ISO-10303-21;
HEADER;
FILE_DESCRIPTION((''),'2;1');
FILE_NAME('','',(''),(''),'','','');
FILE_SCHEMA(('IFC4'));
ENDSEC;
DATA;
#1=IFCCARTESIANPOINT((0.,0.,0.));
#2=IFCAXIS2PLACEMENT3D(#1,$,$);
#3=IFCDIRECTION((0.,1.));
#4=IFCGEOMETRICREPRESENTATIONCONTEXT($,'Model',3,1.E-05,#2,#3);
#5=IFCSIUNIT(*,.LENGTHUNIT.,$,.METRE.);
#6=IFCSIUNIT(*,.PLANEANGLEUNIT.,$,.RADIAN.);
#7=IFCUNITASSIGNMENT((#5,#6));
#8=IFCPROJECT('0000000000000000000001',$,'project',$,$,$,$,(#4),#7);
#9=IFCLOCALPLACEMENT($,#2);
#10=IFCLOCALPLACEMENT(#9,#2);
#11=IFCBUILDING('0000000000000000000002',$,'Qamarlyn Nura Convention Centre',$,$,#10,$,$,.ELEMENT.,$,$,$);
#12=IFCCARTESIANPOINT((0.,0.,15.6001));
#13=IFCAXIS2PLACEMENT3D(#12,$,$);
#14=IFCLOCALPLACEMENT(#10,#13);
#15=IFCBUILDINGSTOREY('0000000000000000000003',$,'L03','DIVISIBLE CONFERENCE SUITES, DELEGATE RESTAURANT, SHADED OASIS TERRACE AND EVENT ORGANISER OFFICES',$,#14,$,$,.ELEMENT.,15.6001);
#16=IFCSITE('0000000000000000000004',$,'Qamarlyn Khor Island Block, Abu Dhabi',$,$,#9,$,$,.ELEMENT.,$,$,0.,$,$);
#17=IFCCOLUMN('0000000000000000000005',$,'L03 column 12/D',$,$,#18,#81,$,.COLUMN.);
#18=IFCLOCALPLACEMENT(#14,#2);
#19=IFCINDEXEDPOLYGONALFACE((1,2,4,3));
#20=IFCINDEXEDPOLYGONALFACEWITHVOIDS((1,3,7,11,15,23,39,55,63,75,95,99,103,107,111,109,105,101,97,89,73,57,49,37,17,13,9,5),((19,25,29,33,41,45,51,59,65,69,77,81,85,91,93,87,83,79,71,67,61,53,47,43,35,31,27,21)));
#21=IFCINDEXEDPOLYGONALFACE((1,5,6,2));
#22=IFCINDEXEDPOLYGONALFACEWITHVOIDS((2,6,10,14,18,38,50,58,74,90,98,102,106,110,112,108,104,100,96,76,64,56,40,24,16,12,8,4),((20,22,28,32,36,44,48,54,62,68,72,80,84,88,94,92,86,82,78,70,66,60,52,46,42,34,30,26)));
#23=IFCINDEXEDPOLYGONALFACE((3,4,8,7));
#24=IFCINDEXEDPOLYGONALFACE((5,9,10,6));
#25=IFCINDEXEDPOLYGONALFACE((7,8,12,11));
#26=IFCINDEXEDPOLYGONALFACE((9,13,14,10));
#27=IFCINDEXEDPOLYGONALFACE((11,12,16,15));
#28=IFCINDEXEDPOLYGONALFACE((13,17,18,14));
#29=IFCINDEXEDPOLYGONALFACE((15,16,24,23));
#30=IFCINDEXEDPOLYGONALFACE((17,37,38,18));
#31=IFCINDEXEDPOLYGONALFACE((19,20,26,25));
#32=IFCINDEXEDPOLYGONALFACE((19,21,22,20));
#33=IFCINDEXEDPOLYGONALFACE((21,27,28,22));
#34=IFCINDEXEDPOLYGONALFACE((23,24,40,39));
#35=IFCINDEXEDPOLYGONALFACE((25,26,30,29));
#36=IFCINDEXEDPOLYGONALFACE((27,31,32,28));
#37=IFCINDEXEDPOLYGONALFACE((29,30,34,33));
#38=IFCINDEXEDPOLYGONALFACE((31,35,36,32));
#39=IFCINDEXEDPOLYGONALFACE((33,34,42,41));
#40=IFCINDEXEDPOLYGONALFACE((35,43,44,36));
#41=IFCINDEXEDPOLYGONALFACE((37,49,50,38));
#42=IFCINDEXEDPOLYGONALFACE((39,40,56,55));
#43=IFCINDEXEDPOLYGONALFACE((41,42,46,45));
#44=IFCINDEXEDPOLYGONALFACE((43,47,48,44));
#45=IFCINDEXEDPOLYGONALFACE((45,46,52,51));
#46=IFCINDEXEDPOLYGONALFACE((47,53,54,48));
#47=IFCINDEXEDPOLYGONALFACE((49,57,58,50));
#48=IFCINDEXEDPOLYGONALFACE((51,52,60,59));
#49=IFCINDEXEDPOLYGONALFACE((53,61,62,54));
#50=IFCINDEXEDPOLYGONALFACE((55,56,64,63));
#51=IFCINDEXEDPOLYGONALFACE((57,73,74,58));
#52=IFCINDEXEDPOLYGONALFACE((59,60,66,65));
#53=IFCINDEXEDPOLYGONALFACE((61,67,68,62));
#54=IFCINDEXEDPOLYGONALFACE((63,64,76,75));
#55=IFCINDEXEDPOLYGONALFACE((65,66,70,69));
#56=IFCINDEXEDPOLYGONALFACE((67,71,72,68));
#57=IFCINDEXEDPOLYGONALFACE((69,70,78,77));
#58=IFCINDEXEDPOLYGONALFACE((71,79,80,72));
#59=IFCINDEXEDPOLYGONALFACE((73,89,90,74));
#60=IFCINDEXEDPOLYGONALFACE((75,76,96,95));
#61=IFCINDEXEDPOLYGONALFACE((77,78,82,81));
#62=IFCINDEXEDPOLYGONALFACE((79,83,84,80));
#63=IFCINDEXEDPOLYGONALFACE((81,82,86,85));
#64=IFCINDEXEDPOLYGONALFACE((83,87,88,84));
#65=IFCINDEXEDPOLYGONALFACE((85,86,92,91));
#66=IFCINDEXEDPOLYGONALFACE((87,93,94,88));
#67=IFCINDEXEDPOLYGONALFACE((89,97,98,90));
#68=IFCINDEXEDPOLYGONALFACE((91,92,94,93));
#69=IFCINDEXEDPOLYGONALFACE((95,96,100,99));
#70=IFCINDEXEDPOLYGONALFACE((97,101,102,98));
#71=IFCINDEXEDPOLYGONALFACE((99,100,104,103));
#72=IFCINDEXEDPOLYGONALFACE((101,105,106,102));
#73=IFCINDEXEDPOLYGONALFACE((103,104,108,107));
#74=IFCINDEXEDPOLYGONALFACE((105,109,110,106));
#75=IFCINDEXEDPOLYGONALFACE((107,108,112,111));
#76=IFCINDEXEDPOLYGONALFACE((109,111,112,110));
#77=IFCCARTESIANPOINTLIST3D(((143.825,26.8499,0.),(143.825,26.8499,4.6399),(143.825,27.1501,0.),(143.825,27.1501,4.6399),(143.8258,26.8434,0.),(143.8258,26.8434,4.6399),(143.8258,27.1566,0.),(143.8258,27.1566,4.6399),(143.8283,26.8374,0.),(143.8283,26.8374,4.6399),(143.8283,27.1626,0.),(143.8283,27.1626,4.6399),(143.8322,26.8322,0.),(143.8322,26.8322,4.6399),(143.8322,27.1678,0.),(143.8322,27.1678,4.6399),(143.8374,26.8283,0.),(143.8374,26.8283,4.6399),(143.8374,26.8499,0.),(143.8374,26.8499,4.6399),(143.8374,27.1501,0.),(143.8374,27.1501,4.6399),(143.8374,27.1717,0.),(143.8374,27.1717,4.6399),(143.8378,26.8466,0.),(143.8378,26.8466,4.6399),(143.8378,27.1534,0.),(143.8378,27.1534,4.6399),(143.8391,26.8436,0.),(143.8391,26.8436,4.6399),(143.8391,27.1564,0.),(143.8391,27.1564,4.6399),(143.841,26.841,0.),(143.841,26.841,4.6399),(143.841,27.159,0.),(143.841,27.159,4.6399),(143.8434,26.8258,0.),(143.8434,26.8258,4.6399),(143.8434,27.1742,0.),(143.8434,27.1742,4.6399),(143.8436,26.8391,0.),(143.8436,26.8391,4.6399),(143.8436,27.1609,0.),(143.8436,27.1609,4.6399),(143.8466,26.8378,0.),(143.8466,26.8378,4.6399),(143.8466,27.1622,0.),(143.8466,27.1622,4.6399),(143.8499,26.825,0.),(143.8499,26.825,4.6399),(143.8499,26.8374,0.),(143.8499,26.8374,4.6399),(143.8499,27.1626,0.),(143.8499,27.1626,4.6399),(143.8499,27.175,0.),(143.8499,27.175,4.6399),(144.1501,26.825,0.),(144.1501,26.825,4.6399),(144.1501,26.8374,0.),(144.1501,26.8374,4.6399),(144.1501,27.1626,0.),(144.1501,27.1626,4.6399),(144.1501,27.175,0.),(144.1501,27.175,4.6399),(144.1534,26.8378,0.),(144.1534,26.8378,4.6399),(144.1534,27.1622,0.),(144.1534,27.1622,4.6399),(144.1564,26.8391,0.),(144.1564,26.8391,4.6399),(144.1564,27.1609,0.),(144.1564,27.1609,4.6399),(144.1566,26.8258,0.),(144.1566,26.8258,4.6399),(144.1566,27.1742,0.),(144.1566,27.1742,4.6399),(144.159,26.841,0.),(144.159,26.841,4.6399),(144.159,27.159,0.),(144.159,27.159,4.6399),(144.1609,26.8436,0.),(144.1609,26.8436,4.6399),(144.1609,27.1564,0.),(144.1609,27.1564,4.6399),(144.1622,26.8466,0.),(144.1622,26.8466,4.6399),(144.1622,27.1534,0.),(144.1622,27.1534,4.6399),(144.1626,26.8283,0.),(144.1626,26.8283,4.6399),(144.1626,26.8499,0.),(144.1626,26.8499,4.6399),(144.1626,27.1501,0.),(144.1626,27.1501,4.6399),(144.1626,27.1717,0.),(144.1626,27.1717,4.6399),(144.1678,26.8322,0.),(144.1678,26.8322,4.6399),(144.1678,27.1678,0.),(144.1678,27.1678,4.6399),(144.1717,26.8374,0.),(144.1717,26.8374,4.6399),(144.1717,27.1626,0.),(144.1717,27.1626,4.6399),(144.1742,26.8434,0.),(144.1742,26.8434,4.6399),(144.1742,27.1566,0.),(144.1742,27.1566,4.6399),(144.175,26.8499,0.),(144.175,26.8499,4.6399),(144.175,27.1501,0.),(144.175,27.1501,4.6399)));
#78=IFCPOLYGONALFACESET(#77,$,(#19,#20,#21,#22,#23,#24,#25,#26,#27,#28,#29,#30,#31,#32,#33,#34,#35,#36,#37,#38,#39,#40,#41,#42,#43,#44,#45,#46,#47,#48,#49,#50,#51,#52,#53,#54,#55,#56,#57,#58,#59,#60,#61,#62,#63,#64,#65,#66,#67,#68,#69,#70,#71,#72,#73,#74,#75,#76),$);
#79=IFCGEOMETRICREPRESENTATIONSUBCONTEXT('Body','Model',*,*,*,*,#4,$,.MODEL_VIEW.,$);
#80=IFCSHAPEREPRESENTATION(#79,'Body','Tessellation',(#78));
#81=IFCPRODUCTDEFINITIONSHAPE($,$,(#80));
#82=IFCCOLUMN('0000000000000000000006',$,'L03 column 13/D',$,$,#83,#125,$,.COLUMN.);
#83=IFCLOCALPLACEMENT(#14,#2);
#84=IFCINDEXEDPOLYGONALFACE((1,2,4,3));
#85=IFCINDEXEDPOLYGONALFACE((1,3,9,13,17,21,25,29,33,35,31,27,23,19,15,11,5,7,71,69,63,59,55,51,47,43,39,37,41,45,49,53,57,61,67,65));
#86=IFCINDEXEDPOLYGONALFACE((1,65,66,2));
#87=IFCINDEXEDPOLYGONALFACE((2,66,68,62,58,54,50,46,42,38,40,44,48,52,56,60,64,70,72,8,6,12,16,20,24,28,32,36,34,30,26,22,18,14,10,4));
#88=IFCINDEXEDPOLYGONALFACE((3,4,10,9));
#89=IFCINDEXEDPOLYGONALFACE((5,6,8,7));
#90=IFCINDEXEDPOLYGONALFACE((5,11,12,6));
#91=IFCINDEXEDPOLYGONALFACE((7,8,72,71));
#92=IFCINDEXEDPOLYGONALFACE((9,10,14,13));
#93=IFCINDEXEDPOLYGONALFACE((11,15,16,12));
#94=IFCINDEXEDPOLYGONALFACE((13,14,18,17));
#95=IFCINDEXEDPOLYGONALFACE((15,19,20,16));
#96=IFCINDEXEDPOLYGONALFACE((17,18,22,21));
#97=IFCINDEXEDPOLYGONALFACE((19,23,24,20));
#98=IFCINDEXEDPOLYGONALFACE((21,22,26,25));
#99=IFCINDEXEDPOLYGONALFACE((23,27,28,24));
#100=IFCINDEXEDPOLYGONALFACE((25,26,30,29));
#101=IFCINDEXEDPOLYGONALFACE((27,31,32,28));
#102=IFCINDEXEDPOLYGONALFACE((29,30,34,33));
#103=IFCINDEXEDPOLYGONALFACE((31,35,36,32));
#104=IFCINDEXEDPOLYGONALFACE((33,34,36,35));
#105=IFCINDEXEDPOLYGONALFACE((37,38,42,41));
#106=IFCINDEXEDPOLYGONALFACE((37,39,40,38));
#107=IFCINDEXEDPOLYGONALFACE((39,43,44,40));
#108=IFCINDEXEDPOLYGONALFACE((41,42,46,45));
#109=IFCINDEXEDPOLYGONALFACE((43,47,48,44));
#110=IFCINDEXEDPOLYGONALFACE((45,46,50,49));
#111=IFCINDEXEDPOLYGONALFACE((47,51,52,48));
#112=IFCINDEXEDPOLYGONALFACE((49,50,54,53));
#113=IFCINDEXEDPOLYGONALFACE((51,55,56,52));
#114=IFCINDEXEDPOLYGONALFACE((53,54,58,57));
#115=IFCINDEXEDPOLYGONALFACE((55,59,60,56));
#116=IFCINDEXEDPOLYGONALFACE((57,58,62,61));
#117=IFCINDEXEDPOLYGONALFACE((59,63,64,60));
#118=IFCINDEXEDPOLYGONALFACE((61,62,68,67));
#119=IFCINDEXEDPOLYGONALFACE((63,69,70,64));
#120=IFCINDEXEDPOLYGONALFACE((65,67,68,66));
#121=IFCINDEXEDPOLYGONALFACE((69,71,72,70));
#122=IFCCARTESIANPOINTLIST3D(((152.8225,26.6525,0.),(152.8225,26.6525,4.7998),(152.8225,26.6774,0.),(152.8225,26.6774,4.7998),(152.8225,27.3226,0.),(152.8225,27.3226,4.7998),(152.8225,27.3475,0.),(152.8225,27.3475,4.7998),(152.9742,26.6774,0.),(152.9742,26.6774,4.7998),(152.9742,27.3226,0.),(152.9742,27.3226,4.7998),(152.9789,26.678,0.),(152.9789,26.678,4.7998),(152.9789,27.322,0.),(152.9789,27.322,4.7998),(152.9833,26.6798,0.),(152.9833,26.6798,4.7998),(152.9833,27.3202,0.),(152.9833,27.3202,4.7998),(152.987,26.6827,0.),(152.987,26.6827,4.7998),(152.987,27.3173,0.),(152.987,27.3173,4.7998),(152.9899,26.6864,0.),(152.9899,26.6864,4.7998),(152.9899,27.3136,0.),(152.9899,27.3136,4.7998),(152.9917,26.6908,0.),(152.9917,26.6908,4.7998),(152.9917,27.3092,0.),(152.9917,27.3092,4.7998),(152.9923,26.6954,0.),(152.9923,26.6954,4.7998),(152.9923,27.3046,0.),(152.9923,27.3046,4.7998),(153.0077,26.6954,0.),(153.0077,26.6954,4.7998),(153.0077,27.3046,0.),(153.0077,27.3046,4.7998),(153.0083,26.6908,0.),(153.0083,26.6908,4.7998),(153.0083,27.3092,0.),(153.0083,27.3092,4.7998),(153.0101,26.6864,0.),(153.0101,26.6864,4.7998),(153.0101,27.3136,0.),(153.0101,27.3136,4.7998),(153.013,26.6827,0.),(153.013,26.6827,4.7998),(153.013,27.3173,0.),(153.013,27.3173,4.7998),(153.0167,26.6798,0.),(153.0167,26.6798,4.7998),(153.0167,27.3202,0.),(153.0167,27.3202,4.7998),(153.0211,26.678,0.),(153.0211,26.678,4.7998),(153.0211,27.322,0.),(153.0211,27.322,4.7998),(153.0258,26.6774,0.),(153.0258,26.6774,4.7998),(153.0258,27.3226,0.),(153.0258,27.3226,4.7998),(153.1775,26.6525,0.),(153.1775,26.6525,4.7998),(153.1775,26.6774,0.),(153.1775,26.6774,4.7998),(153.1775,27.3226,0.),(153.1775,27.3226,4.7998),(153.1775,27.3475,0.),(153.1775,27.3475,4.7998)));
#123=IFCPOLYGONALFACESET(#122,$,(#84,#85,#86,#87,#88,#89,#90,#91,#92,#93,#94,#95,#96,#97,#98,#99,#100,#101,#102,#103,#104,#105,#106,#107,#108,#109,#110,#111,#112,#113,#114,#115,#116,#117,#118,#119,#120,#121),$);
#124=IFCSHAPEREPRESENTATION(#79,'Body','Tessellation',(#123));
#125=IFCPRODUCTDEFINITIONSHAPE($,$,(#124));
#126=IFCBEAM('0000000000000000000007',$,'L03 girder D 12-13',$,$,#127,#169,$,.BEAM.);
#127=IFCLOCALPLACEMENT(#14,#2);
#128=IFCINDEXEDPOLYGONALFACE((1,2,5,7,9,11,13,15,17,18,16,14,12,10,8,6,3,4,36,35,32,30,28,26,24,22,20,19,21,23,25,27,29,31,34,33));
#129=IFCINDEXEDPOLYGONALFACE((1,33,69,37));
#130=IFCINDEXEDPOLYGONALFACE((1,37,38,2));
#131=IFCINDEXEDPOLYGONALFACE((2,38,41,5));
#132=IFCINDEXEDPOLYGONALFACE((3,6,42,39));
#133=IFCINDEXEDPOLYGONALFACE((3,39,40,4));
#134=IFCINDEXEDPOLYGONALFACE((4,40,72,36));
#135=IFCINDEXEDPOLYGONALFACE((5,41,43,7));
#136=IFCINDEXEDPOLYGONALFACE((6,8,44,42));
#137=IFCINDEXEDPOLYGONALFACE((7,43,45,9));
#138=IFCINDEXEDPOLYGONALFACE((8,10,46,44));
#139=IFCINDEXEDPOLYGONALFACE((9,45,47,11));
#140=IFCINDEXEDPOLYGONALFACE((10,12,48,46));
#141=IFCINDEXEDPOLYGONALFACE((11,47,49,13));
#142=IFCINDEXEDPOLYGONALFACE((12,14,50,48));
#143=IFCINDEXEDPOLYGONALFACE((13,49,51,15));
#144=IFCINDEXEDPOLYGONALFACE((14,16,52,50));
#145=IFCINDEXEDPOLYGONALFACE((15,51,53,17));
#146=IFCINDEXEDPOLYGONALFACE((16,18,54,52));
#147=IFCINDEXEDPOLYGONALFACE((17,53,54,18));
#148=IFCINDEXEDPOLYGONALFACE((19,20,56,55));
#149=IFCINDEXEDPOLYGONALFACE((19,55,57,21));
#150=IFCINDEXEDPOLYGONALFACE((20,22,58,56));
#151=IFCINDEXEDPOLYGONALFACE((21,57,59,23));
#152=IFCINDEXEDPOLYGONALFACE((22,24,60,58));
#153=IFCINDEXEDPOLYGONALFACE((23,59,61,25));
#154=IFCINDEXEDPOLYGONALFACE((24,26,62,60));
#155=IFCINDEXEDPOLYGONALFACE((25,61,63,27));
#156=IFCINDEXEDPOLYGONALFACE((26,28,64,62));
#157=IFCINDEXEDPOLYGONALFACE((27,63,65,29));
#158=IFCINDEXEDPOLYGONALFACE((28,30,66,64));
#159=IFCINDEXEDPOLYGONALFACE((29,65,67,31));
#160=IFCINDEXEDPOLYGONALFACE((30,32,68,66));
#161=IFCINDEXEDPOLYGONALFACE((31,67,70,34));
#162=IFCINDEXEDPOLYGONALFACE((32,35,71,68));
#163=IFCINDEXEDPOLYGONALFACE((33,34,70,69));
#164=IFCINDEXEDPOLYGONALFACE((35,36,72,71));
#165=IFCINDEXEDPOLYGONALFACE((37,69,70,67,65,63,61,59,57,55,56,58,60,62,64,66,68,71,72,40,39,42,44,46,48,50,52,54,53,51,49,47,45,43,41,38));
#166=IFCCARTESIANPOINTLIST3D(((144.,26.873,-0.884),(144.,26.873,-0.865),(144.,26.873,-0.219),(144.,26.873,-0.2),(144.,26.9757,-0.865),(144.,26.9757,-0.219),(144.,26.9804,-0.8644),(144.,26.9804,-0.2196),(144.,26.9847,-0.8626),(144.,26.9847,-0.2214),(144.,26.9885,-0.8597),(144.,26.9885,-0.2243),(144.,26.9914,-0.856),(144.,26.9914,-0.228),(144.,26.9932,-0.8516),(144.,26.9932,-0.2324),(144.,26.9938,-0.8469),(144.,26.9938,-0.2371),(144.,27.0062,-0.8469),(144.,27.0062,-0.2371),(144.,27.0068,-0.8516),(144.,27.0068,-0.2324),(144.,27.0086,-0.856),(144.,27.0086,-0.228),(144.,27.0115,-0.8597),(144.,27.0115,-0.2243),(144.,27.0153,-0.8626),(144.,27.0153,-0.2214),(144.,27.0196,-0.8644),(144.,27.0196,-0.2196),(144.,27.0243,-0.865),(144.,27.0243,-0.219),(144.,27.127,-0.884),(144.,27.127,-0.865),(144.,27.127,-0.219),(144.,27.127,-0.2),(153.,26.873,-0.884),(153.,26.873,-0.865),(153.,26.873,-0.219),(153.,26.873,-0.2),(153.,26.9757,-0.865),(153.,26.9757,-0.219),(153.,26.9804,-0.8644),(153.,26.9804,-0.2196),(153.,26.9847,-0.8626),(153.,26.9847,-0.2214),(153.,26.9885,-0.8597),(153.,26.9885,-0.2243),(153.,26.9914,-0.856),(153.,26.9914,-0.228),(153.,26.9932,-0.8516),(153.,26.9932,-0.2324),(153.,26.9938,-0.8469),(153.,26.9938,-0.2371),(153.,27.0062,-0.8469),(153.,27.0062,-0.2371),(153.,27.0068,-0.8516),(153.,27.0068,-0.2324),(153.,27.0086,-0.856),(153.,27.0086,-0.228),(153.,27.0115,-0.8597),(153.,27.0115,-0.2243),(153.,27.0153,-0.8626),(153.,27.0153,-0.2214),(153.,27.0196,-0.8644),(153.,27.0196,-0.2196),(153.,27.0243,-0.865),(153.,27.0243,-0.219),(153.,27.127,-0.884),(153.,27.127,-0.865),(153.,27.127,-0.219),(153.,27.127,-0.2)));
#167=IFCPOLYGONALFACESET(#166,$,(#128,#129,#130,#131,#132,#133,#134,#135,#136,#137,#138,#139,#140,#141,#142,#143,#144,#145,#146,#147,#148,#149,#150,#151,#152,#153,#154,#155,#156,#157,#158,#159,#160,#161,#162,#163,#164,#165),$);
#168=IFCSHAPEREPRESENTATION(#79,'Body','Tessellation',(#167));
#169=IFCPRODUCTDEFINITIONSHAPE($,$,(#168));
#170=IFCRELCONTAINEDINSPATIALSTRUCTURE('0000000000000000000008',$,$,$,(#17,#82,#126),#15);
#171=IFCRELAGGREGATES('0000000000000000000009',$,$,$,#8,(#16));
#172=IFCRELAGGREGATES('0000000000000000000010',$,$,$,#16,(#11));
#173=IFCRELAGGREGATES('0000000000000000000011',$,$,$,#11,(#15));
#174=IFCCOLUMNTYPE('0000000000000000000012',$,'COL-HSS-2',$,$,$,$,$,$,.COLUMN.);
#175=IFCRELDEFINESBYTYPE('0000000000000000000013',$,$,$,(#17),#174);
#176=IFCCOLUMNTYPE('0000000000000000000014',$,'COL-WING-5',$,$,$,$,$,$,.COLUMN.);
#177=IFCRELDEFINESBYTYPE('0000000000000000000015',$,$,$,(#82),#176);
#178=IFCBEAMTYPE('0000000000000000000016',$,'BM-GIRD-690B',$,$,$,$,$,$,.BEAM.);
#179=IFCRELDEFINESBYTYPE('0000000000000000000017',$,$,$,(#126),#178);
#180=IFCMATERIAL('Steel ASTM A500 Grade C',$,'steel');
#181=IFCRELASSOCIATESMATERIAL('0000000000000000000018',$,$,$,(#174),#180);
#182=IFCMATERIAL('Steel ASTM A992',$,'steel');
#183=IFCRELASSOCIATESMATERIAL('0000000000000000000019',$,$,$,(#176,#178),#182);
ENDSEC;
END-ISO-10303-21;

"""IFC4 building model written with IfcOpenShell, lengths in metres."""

from ifc_helpers import new_model, si_unit, direction, frame, origin, origin_2d, place, context, subcontext, project, spatial, hollow_rectangle, i_section, extrude, material, material_profile, profile_set, type_object, element, save


model = new_model("IFC4")

# Units and contexts
model_context = context("Model", 3, precision=1e-05, world=origin(), true_north=direction((0.0, 1.0)))
body_context = subcontext(model_context, "Body", "Model", "MODEL_VIEW")
ifc_project = project(units=[si_unit("LENGTHUNIT", "METRE"), si_unit("PLANEANGLEUNIT", "RADIAN")], contexts=[model_context])

# Site, building, storey
site_placement = place(None, origin())
site = spatial("IfcSite", under=ifc_project, at=site_placement, Name="Qamarlyn Khor Island Block, Abu Dhabi", CompositionType="ELEMENT", RefElevation=0.0)
building_placement = place(site_placement, origin())
building = spatial("IfcBuilding", under=site, at=building_placement, Name="Qamarlyn Nura Convention Centre", CompositionType="ELEMENT")
storey_placement = place(building_placement, frame((0.0, 0.0, 15.6001)))
storey = spatial("IfcBuildingStorey", under=building, at=storey_placement, Name="L03", Description="DIVISIBLE CONFERENCE SUITES, DELEGATE RESTAURANT, SHADED OASIS TERRACE AND EVENT ORGANISER OFFICES", CompositionType="ELEMENT", Elevation=15.6001)

# Columns
ifc_material_1 = material(Name="Steel ASTM A500 Grade C", Category="steel")
ifc_material_profile_1 = material_profile(ifc_material_1, hollow_rectangle(XDim=0.3501, YDim=0.3501, WallThickness=0.0125, InnerFilletRadius=0.0125, OuterFilletRadius=0.0249, at=origin_2d()), Name="HSS350X350X12.5")
ifc_profile_set_1 = profile_set([ifc_material_profile_1], Name="Steel ASTM A500 Grade C")
column_type_1 = type_object("IfcColumnType", Name="COL-HSS-2", PredefinedType="COLUMN", material=ifc_profile_set_1)
column_1_placement = place(storey_placement, frame((144.0, 27.0, 0.0), z_axis=(0.0, 0.0, 1.0), x_axis=(1.0, 0.0, 0.0)))
element("IfcColumn", 1, at=column_1_placement, inside=storey, type_object=column_type_1, Name="L03 column 12/D", PredefinedType="COLUMN", context=body_context, shape_type="SweptSolid", body=[
    extrude(hollow_rectangle(XDim=0.3501, YDim=0.3501, WallThickness=0.0125, InnerFilletRadius=0.0125, OuterFilletRadius=0.0249, at=origin_2d()), origin(), (0.0, 0.0, 1.0), 4.6399),
])
ifc_material_2 = material(Name="Steel ASTM A992", Category="steel")
ifc_material_profile_2 = material_profile(ifc_material_2, i_section(OverallWidth=0.355, OverallDepth=0.6951, WebThickness=0.0154, FlangeThickness=0.0249, FilletRadius=0.0181, at=origin_2d()), Name="W690X217")
ifc_profile_set_2 = profile_set([ifc_material_profile_2], Name="Steel ASTM A992")
column_type_2 = type_object("IfcColumnType", Name="COL-WING-5", PredefinedType="COLUMN", material=ifc_profile_set_2)
column_2_placement = place(storey_placement, frame((153.0, 27.0, 0.0), z_axis=(0.0, 0.0, 1.0), x_axis=(1.0, 0.0, 0.0)))
element("IfcColumn", 2, at=column_2_placement, inside=storey, type_object=column_type_2, Name="L03 column 13/D", PredefinedType="COLUMN", context=body_context, shape_type="SweptSolid", body=[
    extrude(i_section(OverallWidth=0.355, OverallDepth=0.6951, WebThickness=0.0154, FlangeThickness=0.0249, FilletRadius=0.0181, at=origin_2d()), origin(), (0.0, 0.0, 1.0), 4.7998),
])

# Beam
ifc_material_profile_3 = material_profile(ifc_material_2, i_section(OverallWidth=0.2539, OverallDepth=0.6841, WebThickness=0.0125, FlangeThickness=0.019, FilletRadius=0.0181, at=origin_2d()), Name="W690X140")
ifc_profile_set_3 = profile_set([ifc_material_profile_3], Name="Steel ASTM A992")
beam_type_1 = type_object("IfcBeamType", Name="BM-GIRD-690B", PredefinedType="BEAM", material=ifc_profile_set_3)
beam_1_placement = place(storey_placement, frame((144.0, 27.0, -0.542), z_axis=(1.0, 0.0, 0.0), x_axis=(0.0, 1.0, 0.0)))
element("IfcBeam", 3, at=beam_1_placement, inside=storey, type_object=beam_type_1, Name="L03 girder D 12-13", PredefinedType="BEAM", context=body_context, shape_type="SweptSolid", body=[
    extrude(i_section(OverallWidth=0.2539, OverallDepth=0.6841, WebThickness=0.0125, FlangeThickness=0.019, FilletRadius=0.0181, at=origin_2d()), origin(), (0.0, 0.0, 1.0), 9.0),
])

save(model, "model.ifc")
